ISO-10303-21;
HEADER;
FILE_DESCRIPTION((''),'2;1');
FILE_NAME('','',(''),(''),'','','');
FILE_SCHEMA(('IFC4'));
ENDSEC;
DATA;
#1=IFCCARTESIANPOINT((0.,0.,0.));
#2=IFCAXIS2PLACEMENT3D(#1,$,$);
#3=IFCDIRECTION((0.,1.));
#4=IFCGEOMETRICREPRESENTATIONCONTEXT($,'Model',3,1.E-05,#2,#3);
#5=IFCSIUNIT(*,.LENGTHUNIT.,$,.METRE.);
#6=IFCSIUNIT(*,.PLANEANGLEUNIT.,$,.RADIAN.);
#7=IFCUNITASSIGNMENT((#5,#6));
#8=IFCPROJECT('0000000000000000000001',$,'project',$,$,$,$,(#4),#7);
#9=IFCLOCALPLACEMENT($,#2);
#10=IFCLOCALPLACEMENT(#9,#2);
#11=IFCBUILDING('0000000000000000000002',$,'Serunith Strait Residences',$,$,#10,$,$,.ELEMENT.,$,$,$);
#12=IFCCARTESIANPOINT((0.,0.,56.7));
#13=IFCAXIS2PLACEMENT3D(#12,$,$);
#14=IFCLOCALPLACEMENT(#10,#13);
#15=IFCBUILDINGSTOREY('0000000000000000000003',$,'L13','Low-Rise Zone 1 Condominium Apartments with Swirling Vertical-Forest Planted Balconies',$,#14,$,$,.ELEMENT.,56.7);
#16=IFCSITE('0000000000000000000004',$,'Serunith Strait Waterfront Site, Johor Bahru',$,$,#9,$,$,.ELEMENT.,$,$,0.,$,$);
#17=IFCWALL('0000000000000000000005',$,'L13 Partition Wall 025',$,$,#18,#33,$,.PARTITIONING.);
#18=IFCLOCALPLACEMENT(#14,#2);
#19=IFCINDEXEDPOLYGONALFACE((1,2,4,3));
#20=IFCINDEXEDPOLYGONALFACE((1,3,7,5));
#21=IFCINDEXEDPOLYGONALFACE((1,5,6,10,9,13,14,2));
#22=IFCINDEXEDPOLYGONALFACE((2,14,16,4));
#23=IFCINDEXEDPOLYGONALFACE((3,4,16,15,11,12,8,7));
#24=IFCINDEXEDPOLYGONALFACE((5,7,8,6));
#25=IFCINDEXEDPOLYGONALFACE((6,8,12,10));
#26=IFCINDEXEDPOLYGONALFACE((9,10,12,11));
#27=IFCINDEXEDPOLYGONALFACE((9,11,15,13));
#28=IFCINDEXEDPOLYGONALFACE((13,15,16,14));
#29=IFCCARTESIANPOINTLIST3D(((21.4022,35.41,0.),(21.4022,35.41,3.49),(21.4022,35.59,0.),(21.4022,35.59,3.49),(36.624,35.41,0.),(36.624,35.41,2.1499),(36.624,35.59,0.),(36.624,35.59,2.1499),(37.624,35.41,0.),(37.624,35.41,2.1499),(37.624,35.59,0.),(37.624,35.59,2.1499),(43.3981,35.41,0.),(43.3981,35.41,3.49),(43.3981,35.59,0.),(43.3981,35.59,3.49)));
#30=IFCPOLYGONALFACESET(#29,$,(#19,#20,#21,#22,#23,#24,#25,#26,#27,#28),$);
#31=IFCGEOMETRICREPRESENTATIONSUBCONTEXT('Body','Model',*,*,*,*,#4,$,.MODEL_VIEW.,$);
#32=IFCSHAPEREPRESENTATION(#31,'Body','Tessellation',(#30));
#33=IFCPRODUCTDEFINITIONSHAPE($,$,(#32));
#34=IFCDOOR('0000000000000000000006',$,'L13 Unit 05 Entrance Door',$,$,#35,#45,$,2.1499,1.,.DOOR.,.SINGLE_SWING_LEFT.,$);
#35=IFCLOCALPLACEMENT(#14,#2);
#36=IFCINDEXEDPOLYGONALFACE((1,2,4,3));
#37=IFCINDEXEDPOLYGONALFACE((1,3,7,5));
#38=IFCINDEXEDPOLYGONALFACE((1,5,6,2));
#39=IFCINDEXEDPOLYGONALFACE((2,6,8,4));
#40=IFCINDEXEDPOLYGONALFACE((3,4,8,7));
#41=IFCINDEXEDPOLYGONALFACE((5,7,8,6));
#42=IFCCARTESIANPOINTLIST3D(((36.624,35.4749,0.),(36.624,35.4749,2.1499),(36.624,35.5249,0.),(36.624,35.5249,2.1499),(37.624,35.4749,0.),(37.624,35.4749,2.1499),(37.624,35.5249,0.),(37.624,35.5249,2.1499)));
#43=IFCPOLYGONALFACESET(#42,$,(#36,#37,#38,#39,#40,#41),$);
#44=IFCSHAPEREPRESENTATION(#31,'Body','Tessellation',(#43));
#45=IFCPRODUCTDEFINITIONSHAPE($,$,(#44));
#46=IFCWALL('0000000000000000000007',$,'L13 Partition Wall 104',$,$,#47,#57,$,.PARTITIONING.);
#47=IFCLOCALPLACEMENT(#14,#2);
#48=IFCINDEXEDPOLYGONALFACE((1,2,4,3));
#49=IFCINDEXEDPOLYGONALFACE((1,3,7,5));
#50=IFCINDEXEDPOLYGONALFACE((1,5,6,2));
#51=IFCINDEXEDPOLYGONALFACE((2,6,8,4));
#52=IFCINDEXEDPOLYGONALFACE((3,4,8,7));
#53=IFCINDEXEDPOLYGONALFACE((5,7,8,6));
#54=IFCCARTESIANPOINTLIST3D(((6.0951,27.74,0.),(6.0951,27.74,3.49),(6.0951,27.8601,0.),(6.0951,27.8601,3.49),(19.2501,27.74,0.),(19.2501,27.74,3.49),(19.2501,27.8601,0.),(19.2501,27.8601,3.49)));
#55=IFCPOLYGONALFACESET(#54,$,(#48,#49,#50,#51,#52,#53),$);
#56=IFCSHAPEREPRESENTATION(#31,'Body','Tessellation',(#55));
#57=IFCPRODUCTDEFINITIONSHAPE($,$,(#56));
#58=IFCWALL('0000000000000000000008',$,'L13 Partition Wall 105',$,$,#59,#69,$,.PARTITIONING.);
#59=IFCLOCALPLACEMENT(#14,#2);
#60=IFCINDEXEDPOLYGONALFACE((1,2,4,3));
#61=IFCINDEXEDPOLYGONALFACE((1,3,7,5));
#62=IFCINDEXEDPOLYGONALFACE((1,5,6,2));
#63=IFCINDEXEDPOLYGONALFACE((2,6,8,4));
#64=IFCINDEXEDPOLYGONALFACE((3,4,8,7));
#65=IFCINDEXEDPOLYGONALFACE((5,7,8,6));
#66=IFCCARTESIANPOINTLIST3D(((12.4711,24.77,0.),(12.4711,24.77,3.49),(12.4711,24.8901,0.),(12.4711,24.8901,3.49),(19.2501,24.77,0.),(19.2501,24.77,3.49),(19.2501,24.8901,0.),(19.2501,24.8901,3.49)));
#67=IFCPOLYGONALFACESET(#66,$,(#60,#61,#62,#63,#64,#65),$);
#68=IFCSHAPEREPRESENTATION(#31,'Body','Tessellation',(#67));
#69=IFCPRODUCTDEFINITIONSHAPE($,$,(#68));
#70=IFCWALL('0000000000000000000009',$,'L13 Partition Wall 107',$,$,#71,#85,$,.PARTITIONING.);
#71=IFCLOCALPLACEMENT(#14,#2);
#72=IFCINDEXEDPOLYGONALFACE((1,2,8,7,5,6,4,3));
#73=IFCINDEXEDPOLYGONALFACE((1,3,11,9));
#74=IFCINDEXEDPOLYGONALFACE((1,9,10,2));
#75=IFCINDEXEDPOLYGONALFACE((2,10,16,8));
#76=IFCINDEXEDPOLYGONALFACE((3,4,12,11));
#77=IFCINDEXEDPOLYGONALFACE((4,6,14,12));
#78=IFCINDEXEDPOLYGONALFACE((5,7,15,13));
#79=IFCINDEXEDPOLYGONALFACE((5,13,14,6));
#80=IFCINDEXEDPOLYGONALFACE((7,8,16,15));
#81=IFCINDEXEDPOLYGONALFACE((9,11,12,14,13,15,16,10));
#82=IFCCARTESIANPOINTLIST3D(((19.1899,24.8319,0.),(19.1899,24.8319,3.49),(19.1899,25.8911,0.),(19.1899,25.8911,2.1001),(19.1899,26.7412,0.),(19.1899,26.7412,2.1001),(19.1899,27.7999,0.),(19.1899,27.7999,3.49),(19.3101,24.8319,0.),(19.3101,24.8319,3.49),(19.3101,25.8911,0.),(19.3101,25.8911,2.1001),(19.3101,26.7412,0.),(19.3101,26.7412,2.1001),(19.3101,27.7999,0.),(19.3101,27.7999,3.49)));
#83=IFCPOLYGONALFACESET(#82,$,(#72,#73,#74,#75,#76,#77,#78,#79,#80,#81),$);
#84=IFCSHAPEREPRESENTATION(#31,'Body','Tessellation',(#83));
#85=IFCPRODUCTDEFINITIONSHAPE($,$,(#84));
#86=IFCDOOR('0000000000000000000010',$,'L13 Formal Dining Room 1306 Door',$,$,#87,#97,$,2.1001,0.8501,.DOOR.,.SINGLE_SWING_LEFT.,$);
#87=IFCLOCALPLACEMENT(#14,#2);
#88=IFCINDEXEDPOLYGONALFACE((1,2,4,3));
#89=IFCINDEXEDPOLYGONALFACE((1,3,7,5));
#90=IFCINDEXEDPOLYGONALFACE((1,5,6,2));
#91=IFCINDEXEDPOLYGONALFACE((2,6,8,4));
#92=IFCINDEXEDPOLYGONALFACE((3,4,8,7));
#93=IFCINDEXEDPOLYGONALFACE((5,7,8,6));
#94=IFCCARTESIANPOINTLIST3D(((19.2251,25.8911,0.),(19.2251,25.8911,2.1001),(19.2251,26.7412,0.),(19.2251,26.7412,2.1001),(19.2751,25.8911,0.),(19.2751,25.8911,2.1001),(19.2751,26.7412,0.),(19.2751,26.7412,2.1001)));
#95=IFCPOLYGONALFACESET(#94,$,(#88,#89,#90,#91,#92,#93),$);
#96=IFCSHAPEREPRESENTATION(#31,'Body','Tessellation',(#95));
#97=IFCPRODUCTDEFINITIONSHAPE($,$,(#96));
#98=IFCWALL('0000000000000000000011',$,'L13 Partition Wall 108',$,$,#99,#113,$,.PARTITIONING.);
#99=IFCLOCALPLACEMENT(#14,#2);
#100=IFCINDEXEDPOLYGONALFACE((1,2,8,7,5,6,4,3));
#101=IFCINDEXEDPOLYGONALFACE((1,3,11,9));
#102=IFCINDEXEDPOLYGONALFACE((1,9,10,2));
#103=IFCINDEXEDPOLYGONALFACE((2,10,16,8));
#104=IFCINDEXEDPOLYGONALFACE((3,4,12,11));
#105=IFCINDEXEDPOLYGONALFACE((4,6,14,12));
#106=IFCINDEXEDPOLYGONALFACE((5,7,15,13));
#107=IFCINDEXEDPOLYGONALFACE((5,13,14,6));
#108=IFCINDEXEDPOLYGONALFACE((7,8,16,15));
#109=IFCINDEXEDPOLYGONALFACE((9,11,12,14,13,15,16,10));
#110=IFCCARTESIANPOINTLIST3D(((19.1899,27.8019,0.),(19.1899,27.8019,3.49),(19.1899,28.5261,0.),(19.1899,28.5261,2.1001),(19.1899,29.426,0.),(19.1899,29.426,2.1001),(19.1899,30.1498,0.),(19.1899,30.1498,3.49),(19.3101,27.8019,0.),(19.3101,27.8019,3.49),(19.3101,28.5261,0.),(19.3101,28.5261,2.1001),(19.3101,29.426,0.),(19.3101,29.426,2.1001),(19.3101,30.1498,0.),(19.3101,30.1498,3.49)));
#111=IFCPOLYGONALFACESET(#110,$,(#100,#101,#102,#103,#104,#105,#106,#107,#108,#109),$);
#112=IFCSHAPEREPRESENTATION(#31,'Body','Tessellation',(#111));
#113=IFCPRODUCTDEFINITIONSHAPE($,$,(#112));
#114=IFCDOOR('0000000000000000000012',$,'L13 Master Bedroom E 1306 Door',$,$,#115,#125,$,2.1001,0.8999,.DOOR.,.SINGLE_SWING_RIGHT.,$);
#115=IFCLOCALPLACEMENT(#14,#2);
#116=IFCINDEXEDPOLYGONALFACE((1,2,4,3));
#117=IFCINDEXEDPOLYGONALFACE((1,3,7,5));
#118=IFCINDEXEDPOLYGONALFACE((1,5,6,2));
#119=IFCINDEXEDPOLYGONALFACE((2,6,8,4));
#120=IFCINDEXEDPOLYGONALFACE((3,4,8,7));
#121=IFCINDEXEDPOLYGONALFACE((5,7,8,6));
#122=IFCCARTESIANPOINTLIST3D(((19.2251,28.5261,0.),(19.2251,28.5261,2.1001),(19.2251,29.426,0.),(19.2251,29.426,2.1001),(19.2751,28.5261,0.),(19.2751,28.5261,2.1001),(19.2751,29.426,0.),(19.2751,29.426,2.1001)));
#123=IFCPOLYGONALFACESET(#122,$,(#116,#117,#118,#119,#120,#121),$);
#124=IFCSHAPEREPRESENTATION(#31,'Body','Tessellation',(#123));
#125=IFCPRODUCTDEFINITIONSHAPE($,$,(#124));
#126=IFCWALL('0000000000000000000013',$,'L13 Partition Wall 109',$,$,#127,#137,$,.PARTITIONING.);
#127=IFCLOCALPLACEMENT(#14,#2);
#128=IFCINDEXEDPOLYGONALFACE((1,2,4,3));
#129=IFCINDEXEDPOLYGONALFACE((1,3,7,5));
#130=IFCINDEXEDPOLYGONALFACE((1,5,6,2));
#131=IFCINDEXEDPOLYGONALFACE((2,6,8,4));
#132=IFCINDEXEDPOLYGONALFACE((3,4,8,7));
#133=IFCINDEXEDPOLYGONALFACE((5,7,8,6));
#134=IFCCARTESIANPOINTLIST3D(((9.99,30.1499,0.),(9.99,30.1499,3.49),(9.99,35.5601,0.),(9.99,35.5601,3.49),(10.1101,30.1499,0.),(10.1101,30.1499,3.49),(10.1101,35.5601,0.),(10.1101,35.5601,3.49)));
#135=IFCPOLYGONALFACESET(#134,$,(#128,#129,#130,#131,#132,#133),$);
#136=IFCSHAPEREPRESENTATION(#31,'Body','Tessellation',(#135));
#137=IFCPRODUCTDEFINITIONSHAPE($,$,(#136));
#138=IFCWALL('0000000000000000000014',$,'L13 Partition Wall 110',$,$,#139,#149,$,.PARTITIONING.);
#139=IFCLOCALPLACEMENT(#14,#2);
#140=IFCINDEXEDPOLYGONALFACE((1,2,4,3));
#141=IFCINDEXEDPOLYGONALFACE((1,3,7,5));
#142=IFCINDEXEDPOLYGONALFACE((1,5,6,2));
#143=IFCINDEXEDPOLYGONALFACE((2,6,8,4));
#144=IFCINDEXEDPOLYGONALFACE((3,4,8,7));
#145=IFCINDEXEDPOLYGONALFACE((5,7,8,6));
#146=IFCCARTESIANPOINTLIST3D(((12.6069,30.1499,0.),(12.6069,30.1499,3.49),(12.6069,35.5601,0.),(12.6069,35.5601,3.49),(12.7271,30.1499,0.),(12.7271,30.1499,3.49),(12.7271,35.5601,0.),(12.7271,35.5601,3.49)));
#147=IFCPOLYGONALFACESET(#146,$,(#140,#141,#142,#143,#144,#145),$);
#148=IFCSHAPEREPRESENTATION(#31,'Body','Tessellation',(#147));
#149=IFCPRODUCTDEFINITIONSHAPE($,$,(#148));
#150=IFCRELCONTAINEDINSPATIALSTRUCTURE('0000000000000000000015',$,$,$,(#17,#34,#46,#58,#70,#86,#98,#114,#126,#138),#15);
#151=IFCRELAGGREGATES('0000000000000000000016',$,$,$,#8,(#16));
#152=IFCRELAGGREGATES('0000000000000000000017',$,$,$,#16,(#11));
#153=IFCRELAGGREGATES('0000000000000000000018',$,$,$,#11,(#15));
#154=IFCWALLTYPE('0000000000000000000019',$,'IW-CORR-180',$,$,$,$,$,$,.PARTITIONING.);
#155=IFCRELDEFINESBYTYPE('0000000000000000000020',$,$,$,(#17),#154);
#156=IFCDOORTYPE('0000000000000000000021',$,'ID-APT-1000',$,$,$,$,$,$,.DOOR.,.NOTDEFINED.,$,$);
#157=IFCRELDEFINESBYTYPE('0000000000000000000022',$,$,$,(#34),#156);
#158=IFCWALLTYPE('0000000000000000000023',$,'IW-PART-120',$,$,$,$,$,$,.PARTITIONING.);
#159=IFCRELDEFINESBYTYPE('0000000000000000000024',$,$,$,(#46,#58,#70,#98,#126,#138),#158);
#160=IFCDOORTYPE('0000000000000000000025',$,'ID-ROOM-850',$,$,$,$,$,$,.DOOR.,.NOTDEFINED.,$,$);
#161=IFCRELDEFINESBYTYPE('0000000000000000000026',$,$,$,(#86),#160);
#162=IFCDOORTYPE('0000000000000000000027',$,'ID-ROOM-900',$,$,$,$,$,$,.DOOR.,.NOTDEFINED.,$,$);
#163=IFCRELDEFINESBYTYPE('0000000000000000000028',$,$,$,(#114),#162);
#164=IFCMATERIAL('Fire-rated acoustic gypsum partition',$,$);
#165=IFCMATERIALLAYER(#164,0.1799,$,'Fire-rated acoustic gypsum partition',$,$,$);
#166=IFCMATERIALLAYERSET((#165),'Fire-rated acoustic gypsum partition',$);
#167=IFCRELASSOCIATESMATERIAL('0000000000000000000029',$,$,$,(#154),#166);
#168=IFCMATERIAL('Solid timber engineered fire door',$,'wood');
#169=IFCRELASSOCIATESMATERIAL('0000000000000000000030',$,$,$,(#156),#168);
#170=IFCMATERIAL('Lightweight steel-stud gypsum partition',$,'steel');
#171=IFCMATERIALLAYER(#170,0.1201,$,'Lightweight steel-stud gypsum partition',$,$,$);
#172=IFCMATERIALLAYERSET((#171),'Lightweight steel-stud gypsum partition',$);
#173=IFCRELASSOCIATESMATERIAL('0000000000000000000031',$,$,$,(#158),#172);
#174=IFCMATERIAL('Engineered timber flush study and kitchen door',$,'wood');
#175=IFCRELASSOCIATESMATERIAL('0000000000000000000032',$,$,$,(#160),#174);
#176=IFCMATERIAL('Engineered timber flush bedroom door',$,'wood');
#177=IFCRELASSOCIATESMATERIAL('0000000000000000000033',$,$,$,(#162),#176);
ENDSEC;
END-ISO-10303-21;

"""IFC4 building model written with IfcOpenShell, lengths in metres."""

from ifc_helpers import new_model, si_unit, direction, frame, frame_2d, origin, place, context, subcontext, project, spatial, rectangle, extrude, source, transform, mapped, material, layer, layer_set, type_object, element, fill, save


model = new_model("IFC4")

# Units and contexts
model_context = context("Model", 3, precision=1e-05, world=origin(), true_north=direction((0.0, 1.0)))
body_context = subcontext(model_context, "Body", "Model", "MODEL_VIEW")
ifc_project = project(units=[si_unit("LENGTHUNIT", "METRE"), si_unit("PLANEANGLEUNIT", "RADIAN")], contexts=[model_context])

# Site, building, storey
site_placement = place(None, origin())
site = spatial("IfcSite", under=ifc_project, at=site_placement, Name="Serunith Strait Waterfront Site, Johor Bahru", CompositionType="ELEMENT", RefElevation=0.0)
building_placement = place(site_placement, origin())
building = spatial("IfcBuilding", under=site, at=building_placement, Name="Serunith Strait Residences", CompositionType="ELEMENT")
storey_placement = place(building_placement, frame((0.0, 0.0, 56.7)))
storey = spatial("IfcBuildingStorey", under=building, at=storey_placement, Name="L13", Description="Low-Rise Zone 1 Condominium Apartments with Swirling Vertical-Forest Planted Balconies", CompositionType="ELEMENT", Elevation=56.7)

# Wall, opening, door
ifc_material_1 = material(Name="Fire-rated acoustic gypsum partition")
ifc_layer_1 = layer(ifc_material_1, 0.1799, Name="Fire-rated acoustic gypsum partition")
ifc_layer_set_1 = layer_set([ifc_layer_1], Name="Fire-rated acoustic gypsum partition")
wall_type_1 = type_object("IfcWallType", Name="IW-CORR-180", PredefinedType="PARTITIONING", material=ifc_layer_set_1)
wall_1_placement = place(storey_placement, frame((21.4021, 35.5, 0.0), z_axis=(0.0, 0.0, 1.0), x_axis=(1.0, 0.0, 0.0)))
wall_1 = element("IfcWall", 1, at=wall_1_placement, inside=storey, type_object=wall_type_1, Name="L13 Partition Wall 025", PredefinedType="PARTITIONING", context=body_context, shape_type="SweptSolid", body=[
    extrude(rectangle(XDim=21.9958, YDim=0.1799, at=frame_2d((10.998, 0.0))), origin(), (0.0, 0.0, 1.0), 3.49),
])
opening_1_placement = place(wall_1_placement, frame((15.2219, 0.0, 0.0)))
opening_1 = element("IfcOpeningElement", 2, at=opening_1_placement, cuts=wall_1, PredefinedType="OPENING", context=body_context, shape_type="SweptSolid", body=[
    extrude(rectangle(XDim=1.0, YDim=2.1499, at=frame_2d((0.5, 1.075))), frame((0.0, 0.1001, 0.0), z_axis=(0.0, -1.0, 0.0), x_axis=(1.0, 0.0, 0.0)), (0.0, 0.0, 1.0), 0.2),
])
ifc_material_2 = material(Name="Solid timber engineered fire door", Category="wood")
door_type_1 = type_object("IfcDoorType", Name="ID-APT-1000", OperationType="NOTDEFINED", PredefinedType="DOOR", material=ifc_material_2)
shared_shape_1 = source(origin(), body_context, "Body", "SweptSolid", [
    extrude(rectangle(XDim=1.0, YDim=2.1499, at=frame_2d((0.5, 1.075))), frame((0.0, 0.0249, 0.0), z_axis=(0.0, -1.0, 0.0), x_axis=(1.0, 0.0, 0.0)), (0.0, 0.0, 1.0), 0.05),
])
door_1_placement = place(opening_1_placement, origin())
door_1 = element("IfcDoor", 3, at=door_1_placement, inside=storey, type_object=door_type_1, Name="L13 Unit 05 Entrance Door", OperationType="SINGLE_SWING_LEFT", OverallHeight=2.1499, OverallWidth=1.0, PredefinedType="DOOR", context=body_context, shape_type="MappedRepresentation", body=[
    mapped(shared_shape_1, transform((0.0, 0.0, 0.0), scale=1.0)),
])
fill(opening_1, door_1)

# Walls
ifc_material_3 = material(Name="Lightweight steel-stud gypsum partition", Category="steel")
ifc_layer_2 = layer(ifc_material_3, 0.1201, Name="Lightweight steel-stud gypsum partition")
ifc_layer_set_2 = layer_set([ifc_layer_2], Name="Lightweight steel-stud gypsum partition")
wall_type_2 = type_object("IfcWallType", Name="IW-PART-120", PredefinedType="PARTITIONING", material=ifc_layer_set_2)
wall_2_placement = place(storey_placement, frame((6.095, 27.8, 0.0), z_axis=(0.0, 0.0, 1.0), x_axis=(1.0, 0.0, 0.0)))
element("IfcWall", 4, at=wall_2_placement, inside=storey, type_object=wall_type_2, Name="L13 Partition Wall 104", PredefinedType="PARTITIONING", context=body_context, shape_type="SweptSolid", body=[
    extrude(rectangle(XDim=13.155, YDim=0.1201, at=frame_2d((6.5776, 0.0))), origin(), (0.0, 0.0, 1.0), 3.49),
])
wall_3_placement = place(storey_placement, frame((12.4709, 24.8301, 0.0), z_axis=(0.0, 0.0, 1.0), x_axis=(1.0, 0.0, 0.0)))
element("IfcWall", 5, at=wall_3_placement, inside=storey, type_object=wall_type_2, Name="L13 Partition Wall 105", PredefinedType="PARTITIONING", context=body_context, shape_type="SweptSolid", body=[
    extrude(rectangle(XDim=6.7791, YDim=0.1201, at=frame_2d((3.3896, 0.0))), origin(), (0.0, 0.0, 1.0), 3.49),
])

# Walls, openings, doors
wall_4_placement = place(storey_placement, frame((19.25, 24.832, 0.0), z_axis=(0.0, 0.0, 1.0), x_axis=(0.0, 1.0, 0.0)))
wall_4 = element("IfcWall", 6, at=wall_4_placement, inside=storey, type_object=wall_type_2, Name="L13 Partition Wall 107", PredefinedType="PARTITIONING", context=body_context, shape_type="SweptSolid", body=[
    extrude(rectangle(XDim=2.968, YDim=0.1201, at=frame_2d((1.4839, 0.0))), origin(), (0.0, 0.0, 1.0), 3.49),
])
opening_2_placement = place(wall_4_placement, frame((1.0591, 0.0, 0.0)))
opening_2 = element("IfcOpeningElement", 7, at=opening_2_placement, cuts=wall_4, PredefinedType="OPENING", context=body_context, shape_type="SweptSolid", body=[
    extrude(rectangle(XDim=0.8501, YDim=2.1001, at=frame_2d((0.425, 1.05))), frame((0.0, 0.0701, 0.0), z_axis=(0.0, -1.0, 0.0), x_axis=(1.0, 0.0, 0.0)), (0.0, 0.0, 1.0), 0.1401),
])
ifc_material_4 = material(Name="Engineered timber flush study and kitchen door", Category="wood")
door_type_2 = type_object("IfcDoorType", Name="ID-ROOM-850", OperationType="NOTDEFINED", PredefinedType="DOOR", material=ifc_material_4)
shared_shape_2 = source(origin(), body_context, "Body", "SweptSolid", [
    extrude(rectangle(XDim=0.8501, YDim=2.1001, at=frame_2d((0.425, 1.05))), frame((0.0, 0.0249, 0.0), z_axis=(0.0, -1.0, 0.0), x_axis=(1.0, 0.0, 0.0)), (0.0, 0.0, 1.0), 0.05),
])
door_2_placement = place(opening_2_placement, origin())
door_2 = element("IfcDoor", 8, at=door_2_placement, inside=storey, type_object=door_type_2, Name="L13 Formal Dining Room 1306 Door", OperationType="SINGLE_SWING_LEFT", OverallHeight=2.1001, OverallWidth=0.8501, PredefinedType="DOOR", context=body_context, shape_type="MappedRepresentation", body=[
    mapped(shared_shape_2, transform((0.0, 0.0, 0.0), scale=1.0)),
])
fill(opening_2, door_2)
wall_5_placement = place(storey_placement, frame((19.25, 27.802, 0.0), z_axis=(0.0, 0.0, 1.0), x_axis=(0.0, 1.0, 0.0)))
wall_5 = element("IfcWall", 9, at=wall_5_placement, inside=storey, type_object=wall_type_2, Name="L13 Partition Wall 108", PredefinedType="PARTITIONING", context=body_context, shape_type="SweptSolid", body=[
    extrude(rectangle(XDim=2.3479, YDim=0.1201, at=frame_2d((1.1738, 0.0))), origin(), (0.0, 0.0, 1.0), 3.49),
])
opening_3_placement = place(wall_5_placement, frame((0.7241, 0.0, 0.0)))
opening_3 = element("IfcOpeningElement", 10, at=opening_3_placement, cuts=wall_5, PredefinedType="OPENING", context=body_context, shape_type="SweptSolid", body=[
    extrude(rectangle(XDim=0.8999, YDim=2.1001, at=frame_2d((0.45, 1.05))), frame((0.0, 0.0701, 0.0), z_axis=(0.0, -1.0, 0.0), x_axis=(1.0, 0.0, 0.0)), (0.0, 0.0, 1.0), 0.1401),
])
ifc_material_5 = material(Name="Engineered timber flush bedroom door", Category="wood")
door_type_3 = type_object("IfcDoorType", Name="ID-ROOM-900", OperationType="NOTDEFINED", PredefinedType="DOOR", material=ifc_material_5)
shared_shape_3 = source(origin(), body_context, "Body", "SweptSolid", [
    extrude(rectangle(XDim=0.8999, YDim=2.1001, at=frame_2d((0.45, 1.05))), frame((0.0, 0.0249, 0.0), z_axis=(0.0, -1.0, 0.0), x_axis=(1.0, 0.0, 0.0)), (0.0, 0.0, 1.0), 0.05),
])
door_3_placement = place(opening_3_placement, origin())
door_3 = element("IfcDoor", 11, at=door_3_placement, inside=storey, type_object=door_type_3, Name="L13 Master Bedroom E 1306 Door", OperationType="SINGLE_SWING_RIGHT", OverallHeight=2.1001, OverallWidth=0.8999, PredefinedType="DOOR", context=body_context, shape_type="MappedRepresentation", body=[
    mapped(shared_shape_3, transform((0.0, 0.0, 0.0), scale=1.0)),
])
fill(opening_3, door_3)

# Walls
for number, where, z_axis, x_axis, name in (
    (12, (10.05, 30.1499, 0.0), (0.0, 0.0, 1.0), (0.0, 1.0, 0.0), "L13 Partition Wall 109"),
    (13, (12.667, 30.1499, 0.0), (0.0, 0.0, 1.0), (0.0, 1.0, 0.0), "L13 Partition Wall 110"),
):
    element("IfcWall", number, at=place(storey_placement, frame(where, z_axis=z_axis, x_axis=x_axis)), inside=storey, type_object=wall_type_2, Name=name, PredefinedType="PARTITIONING", context=body_context, shape_type="SweptSolid", body=[
        extrude(rectangle(XDim=5.4102, YDim=0.1201, at=frame_2d((2.7051, 0.0))), origin(), (0.0, 0.0, 1.0), 3.49),
    ])

save(model, "model.ifc")
